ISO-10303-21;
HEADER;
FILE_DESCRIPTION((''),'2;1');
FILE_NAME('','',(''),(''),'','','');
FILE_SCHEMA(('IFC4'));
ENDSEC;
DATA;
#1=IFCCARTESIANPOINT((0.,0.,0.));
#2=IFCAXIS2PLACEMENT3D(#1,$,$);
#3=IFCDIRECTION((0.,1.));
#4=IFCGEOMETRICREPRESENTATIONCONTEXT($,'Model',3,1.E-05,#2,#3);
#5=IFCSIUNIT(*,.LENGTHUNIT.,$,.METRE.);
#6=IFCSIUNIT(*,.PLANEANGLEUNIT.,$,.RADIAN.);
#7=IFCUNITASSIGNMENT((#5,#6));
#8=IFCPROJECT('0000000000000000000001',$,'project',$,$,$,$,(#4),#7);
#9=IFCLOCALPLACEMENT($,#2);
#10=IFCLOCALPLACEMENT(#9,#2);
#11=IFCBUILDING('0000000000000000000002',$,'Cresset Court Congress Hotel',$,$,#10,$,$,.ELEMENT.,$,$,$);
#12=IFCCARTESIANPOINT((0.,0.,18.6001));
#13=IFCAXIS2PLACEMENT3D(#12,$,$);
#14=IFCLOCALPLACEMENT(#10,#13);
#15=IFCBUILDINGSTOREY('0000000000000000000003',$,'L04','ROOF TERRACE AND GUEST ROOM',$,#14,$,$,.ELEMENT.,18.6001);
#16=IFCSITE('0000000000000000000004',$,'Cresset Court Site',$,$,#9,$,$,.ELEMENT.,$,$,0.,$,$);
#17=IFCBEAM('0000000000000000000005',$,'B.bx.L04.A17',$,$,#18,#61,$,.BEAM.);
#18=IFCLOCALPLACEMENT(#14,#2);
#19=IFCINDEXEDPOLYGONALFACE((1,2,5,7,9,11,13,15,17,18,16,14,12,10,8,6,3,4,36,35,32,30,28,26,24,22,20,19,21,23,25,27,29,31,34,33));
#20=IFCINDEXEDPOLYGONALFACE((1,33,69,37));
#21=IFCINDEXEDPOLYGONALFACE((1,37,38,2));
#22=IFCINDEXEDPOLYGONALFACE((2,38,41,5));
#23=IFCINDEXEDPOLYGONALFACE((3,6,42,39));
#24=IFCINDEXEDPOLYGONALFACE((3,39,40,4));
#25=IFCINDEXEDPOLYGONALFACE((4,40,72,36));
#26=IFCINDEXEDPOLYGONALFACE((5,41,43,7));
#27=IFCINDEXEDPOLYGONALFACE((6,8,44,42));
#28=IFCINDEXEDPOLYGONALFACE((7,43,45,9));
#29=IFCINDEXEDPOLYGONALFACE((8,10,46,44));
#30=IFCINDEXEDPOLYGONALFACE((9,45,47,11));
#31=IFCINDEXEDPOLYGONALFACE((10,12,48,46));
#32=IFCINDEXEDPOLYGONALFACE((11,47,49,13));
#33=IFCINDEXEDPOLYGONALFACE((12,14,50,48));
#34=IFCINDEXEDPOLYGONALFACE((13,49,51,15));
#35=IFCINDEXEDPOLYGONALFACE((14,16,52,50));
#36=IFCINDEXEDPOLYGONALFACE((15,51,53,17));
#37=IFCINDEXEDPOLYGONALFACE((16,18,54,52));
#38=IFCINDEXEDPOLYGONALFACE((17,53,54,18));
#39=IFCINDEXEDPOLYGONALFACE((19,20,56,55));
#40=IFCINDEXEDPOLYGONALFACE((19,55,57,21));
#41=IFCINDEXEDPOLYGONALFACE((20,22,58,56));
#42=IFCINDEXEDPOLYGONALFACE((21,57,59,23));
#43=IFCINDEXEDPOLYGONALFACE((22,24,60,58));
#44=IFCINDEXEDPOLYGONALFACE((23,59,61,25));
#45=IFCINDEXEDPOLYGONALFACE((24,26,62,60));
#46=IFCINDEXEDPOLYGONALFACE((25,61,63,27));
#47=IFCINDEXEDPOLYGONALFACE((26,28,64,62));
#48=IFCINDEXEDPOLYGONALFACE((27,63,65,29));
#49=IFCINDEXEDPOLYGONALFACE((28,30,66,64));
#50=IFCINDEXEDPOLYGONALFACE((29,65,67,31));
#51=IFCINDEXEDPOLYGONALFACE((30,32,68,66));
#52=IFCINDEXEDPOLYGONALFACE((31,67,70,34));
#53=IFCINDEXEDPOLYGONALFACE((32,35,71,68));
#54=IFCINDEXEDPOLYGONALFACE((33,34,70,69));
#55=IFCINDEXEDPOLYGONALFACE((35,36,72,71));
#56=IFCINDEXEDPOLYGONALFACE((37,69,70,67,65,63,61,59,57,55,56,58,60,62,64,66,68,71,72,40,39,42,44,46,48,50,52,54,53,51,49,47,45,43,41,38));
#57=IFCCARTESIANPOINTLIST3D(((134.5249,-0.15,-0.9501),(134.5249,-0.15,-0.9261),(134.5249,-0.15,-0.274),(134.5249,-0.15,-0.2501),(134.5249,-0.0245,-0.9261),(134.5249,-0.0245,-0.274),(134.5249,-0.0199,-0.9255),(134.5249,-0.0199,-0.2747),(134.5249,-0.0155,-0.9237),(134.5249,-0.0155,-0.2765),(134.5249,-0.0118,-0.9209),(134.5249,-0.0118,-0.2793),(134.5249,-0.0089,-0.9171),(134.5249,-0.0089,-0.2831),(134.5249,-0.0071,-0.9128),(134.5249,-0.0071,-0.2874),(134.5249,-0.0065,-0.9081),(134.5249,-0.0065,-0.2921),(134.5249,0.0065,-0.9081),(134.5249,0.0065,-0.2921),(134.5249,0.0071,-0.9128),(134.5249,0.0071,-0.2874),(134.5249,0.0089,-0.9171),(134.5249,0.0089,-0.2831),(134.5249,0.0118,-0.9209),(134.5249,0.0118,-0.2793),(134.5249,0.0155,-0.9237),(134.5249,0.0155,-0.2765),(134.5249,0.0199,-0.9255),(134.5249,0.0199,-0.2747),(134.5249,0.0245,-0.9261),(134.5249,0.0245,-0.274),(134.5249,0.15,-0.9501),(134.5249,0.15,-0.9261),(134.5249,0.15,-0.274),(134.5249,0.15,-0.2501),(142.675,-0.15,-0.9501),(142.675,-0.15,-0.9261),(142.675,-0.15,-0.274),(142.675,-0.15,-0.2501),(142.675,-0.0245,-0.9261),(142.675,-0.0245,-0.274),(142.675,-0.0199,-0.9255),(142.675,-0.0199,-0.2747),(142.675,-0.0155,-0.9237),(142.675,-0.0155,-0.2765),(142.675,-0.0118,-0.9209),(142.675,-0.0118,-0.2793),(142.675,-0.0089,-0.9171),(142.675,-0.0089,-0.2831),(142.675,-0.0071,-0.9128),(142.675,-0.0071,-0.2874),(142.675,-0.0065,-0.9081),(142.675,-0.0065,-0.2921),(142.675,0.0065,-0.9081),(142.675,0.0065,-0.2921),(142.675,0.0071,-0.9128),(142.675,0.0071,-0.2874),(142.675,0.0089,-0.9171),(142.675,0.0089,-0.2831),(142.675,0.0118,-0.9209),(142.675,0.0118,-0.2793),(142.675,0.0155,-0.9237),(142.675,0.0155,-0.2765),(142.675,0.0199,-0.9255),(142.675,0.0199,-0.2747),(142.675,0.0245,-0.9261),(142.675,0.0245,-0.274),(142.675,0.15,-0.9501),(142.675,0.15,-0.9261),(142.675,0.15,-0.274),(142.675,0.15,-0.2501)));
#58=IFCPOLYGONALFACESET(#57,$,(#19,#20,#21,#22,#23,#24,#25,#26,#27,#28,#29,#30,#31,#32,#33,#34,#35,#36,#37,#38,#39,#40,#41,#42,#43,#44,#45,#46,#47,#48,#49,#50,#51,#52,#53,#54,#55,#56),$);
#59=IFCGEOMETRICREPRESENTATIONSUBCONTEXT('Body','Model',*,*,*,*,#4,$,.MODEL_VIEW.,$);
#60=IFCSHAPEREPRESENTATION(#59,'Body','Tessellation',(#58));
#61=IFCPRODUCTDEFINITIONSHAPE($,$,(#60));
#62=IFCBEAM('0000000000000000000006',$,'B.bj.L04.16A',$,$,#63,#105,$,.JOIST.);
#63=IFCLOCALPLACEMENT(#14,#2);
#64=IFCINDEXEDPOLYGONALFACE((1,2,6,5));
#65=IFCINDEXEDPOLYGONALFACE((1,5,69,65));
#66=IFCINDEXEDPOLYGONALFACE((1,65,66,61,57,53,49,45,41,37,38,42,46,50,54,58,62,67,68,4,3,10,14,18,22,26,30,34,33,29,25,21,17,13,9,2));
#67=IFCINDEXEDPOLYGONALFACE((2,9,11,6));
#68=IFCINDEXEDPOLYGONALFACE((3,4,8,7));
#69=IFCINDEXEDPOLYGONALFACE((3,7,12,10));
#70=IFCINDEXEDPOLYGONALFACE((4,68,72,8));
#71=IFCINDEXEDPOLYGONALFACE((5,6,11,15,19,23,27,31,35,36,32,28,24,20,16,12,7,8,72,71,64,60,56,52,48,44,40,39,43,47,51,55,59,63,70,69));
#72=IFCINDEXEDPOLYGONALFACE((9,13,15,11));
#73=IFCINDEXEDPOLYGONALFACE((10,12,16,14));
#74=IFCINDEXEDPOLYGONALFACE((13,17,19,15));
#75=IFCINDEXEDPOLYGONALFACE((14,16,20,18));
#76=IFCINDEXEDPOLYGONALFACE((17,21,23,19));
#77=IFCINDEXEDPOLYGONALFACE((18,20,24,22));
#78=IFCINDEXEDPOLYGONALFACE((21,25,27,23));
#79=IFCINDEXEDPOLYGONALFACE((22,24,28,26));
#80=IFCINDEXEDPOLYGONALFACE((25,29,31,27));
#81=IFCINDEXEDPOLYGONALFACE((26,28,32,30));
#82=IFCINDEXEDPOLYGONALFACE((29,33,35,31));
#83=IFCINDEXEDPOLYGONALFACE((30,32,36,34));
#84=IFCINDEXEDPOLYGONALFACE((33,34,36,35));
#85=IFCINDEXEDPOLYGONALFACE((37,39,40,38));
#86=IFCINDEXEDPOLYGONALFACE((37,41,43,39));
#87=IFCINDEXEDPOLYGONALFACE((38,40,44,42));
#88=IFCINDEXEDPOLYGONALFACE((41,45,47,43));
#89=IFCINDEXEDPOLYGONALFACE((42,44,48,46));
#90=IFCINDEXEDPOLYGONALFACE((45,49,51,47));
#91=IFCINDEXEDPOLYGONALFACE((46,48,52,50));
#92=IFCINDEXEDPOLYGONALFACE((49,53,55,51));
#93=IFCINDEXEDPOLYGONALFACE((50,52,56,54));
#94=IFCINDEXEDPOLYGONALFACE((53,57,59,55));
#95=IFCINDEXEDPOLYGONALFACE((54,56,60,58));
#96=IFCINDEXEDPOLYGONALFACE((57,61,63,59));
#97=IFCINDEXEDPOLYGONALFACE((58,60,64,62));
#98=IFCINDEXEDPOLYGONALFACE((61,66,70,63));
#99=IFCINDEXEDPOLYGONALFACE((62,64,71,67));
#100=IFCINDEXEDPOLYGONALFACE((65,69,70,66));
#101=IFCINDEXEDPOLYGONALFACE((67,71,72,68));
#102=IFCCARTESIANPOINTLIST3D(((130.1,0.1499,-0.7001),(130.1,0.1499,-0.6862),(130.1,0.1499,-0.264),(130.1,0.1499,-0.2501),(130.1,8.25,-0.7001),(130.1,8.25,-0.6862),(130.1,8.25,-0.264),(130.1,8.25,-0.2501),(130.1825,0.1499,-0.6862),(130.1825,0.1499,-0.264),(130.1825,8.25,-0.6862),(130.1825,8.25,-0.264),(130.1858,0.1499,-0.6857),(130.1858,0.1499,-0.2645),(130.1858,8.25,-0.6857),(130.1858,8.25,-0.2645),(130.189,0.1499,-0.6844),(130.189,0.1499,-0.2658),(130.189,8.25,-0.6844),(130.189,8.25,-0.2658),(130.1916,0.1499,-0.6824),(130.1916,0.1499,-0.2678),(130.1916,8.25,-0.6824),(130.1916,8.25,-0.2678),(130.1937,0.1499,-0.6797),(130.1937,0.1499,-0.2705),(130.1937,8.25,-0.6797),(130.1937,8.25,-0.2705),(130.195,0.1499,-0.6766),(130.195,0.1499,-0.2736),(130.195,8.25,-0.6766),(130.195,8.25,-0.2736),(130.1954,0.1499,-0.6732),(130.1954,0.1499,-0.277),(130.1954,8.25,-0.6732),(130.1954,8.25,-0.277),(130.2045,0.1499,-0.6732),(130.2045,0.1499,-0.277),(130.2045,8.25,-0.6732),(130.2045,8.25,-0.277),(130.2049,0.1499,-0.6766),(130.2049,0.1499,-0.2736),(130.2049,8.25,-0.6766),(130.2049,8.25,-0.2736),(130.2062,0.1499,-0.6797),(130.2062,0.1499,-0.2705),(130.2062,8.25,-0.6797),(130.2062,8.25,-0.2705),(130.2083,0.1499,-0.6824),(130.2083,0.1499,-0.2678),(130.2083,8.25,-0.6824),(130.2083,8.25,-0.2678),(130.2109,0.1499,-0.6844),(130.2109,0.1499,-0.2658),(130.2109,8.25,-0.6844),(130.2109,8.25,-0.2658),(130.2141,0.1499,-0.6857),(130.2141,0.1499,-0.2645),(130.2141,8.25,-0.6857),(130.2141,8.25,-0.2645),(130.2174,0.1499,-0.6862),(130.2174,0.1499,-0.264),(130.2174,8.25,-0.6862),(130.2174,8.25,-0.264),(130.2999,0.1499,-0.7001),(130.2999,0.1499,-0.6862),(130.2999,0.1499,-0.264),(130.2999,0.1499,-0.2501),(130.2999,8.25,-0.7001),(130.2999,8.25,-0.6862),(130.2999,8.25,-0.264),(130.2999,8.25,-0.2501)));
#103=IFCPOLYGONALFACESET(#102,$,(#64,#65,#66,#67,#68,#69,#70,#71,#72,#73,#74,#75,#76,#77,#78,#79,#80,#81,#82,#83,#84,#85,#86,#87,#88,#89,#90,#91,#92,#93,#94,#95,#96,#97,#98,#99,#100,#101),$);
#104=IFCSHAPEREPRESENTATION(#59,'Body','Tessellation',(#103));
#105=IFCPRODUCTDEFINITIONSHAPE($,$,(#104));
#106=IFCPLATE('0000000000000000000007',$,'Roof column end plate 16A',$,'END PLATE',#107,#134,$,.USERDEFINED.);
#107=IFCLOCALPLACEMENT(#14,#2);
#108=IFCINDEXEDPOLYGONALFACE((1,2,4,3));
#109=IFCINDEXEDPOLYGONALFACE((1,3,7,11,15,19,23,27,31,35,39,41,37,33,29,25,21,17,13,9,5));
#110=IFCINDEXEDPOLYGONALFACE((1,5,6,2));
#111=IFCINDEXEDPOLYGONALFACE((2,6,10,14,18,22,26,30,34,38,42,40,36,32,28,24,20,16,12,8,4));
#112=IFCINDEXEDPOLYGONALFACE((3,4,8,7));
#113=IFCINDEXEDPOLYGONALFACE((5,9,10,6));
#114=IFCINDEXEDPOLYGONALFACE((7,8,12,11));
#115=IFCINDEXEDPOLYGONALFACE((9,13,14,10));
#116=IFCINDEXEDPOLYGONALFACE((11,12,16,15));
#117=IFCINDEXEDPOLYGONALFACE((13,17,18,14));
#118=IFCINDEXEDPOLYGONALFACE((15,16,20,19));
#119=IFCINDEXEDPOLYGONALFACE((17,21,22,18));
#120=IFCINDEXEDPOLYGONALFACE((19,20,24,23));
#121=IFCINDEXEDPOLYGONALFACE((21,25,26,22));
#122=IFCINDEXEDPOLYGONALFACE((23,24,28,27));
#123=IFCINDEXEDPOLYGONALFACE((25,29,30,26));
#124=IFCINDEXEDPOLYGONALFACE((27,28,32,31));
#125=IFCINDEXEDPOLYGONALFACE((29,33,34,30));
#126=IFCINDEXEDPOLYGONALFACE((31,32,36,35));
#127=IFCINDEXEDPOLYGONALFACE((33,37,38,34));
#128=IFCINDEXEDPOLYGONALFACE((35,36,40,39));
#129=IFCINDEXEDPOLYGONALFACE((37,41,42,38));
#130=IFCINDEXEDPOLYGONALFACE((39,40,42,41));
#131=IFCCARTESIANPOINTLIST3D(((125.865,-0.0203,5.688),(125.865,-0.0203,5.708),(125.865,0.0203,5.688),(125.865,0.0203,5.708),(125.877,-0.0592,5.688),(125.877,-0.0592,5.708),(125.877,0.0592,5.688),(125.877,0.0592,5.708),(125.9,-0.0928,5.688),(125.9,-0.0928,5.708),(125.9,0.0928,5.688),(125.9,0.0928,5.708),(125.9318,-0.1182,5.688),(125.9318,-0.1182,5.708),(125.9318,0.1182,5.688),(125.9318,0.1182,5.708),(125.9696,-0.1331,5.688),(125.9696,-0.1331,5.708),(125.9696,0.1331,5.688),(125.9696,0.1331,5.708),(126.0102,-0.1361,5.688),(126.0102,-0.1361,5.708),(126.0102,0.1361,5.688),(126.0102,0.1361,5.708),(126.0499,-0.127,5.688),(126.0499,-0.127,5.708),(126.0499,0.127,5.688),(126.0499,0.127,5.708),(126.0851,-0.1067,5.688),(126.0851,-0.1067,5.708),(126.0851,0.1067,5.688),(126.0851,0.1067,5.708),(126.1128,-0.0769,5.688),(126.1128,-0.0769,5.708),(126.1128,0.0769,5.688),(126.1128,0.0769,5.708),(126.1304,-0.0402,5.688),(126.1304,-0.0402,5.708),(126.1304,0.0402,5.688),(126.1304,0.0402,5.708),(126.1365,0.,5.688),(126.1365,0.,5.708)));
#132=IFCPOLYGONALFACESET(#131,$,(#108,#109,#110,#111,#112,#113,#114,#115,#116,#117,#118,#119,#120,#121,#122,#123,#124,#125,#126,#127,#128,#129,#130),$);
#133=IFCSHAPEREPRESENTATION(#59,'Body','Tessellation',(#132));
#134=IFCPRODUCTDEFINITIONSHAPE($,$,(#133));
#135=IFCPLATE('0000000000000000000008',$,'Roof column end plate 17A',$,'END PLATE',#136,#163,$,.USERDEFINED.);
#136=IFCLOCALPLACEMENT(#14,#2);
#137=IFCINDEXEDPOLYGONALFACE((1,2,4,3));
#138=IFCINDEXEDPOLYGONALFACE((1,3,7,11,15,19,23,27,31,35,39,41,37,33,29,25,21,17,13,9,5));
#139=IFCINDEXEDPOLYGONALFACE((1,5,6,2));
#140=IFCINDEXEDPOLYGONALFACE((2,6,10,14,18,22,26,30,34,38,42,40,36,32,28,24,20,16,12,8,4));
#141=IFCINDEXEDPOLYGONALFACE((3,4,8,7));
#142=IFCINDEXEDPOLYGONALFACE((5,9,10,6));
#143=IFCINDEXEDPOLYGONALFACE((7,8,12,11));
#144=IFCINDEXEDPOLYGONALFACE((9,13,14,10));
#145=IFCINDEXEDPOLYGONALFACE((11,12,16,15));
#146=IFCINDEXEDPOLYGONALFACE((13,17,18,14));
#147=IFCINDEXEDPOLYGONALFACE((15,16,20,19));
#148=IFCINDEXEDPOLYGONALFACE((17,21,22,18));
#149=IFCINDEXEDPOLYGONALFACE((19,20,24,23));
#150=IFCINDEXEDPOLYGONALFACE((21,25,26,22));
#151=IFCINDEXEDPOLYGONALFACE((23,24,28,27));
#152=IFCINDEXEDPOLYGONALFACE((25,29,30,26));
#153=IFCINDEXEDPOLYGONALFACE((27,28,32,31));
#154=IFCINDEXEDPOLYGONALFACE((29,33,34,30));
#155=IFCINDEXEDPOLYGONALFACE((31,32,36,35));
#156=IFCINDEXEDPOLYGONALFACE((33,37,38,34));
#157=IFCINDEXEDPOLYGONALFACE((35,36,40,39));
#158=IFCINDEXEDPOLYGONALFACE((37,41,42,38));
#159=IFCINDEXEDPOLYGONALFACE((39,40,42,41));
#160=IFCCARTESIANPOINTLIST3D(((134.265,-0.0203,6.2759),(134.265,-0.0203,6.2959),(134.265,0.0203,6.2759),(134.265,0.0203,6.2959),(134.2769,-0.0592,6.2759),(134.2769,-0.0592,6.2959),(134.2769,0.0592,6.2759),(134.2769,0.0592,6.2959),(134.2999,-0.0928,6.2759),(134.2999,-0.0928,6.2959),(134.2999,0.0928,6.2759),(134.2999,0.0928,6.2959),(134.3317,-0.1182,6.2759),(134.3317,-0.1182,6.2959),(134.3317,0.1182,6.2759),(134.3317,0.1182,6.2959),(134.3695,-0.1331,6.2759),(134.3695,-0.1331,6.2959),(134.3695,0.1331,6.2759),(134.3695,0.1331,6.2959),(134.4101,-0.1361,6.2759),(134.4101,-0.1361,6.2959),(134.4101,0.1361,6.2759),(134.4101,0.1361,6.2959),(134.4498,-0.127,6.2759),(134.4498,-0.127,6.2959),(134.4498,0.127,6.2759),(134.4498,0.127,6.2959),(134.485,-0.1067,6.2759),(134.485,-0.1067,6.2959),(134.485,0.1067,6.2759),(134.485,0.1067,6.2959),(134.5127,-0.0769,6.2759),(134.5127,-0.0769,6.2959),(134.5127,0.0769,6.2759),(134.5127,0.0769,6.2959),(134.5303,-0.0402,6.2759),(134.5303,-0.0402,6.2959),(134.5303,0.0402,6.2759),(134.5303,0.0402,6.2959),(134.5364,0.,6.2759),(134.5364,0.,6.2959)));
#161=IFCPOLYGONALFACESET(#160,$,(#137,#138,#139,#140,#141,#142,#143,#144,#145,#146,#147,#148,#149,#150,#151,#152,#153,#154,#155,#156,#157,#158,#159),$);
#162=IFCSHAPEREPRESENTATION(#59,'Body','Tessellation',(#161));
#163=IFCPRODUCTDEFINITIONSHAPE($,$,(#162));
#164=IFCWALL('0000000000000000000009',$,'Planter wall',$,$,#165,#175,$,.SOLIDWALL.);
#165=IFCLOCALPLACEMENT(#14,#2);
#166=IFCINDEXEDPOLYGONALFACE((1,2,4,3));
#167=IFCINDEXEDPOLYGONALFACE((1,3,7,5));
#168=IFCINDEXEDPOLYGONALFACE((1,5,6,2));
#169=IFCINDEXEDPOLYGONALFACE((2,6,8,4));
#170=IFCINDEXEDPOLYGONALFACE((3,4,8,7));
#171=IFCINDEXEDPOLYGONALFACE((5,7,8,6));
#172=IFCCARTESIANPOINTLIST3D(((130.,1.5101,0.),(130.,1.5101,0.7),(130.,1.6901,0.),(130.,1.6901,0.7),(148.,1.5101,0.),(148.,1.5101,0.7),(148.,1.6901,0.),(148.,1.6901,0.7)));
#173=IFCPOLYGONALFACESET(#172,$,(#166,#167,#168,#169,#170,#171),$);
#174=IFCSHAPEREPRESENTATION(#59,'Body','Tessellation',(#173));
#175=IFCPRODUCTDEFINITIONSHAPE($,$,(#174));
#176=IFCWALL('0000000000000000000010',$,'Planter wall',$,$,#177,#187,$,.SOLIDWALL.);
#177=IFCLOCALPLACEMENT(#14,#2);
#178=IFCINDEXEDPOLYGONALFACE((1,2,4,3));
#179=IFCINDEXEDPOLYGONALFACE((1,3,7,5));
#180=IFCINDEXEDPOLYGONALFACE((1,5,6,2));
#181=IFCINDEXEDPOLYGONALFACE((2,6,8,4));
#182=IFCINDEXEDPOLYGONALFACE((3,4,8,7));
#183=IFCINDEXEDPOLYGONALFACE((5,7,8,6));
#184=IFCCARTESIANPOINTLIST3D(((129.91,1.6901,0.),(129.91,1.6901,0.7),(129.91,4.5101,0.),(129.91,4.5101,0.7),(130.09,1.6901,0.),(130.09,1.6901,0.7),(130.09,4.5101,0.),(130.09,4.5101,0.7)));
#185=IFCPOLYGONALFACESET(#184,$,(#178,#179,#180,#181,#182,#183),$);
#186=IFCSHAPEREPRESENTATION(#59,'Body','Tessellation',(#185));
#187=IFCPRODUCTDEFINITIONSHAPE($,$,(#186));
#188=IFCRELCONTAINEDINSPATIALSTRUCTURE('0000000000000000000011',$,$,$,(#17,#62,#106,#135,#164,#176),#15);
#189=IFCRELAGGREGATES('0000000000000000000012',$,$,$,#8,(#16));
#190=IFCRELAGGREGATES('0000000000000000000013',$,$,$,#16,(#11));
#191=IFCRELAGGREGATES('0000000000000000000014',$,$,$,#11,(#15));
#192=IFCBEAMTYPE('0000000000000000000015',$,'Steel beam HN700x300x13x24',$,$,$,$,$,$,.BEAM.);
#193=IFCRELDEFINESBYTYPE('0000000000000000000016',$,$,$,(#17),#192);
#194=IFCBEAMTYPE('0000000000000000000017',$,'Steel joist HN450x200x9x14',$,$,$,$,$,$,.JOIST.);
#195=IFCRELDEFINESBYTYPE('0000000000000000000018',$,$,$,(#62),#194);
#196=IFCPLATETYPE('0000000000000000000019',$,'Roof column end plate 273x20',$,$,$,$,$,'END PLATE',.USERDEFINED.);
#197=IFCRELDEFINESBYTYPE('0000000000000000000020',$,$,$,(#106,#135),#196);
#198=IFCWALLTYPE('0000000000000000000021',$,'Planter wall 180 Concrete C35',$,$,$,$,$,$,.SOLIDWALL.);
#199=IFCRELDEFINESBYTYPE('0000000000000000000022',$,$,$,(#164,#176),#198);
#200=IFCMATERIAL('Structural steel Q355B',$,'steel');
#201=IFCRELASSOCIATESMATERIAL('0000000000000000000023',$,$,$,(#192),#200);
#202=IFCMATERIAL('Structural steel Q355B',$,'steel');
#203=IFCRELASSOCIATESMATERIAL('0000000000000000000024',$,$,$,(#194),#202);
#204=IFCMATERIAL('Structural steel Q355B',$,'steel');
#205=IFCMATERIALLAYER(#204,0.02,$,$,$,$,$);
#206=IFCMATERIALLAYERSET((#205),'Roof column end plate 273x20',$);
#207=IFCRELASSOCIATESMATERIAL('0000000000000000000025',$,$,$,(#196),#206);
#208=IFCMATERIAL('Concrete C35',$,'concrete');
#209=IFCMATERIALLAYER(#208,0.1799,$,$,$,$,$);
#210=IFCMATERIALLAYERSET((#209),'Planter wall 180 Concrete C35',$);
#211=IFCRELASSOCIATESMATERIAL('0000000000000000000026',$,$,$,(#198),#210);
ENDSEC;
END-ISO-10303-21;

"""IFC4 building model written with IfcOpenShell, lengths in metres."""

from ifc_helpers import new_model, si_unit, direction, frame, frame_2d, origin, origin_2d, place, context, subcontext, project, spatial, rectangle, circle, i_section, extrude, material, layer, layer_set, material_profile, profile_set, type_object, element, save


model = new_model("IFC4")

# Units and contexts
model_context = context("Model", 3, precision=1e-05, world=origin(), true_north=direction((0.0, 1.0)))
body_context = subcontext(model_context, "Body", "Model", "MODEL_VIEW")
ifc_project = project(units=[si_unit("LENGTHUNIT", "METRE"), si_unit("PLANEANGLEUNIT", "RADIAN")], contexts=[model_context])

# Site, building, storey
site_placement = place(None, origin())
site = spatial("IfcSite", under=ifc_project, at=site_placement, Name="Cresset Court Site", CompositionType="ELEMENT", RefElevation=0.0)
building_placement = place(site_placement, origin())
building = spatial("IfcBuilding", under=site, at=building_placement, Name="Cresset Court Congress Hotel", CompositionType="ELEMENT")
storey_placement = place(building_placement, frame((0.0, 0.0, 18.6001)))
storey = spatial("IfcBuildingStorey", under=building, at=storey_placement, Name="L04", Description="ROOF TERRACE AND GUEST ROOM", CompositionType="ELEMENT", Elevation=18.6001)

# Beams
ifc_material_1 = material(Name="Structural steel Q355B", Category="steel")
ifc_material_profile_1 = material_profile(ifc_material_1, i_section(OverallWidth=0.3, OverallDepth=0.7, WebThickness=0.0129, FlangeThickness=0.0239, FilletRadius=0.0181, at=origin_2d()), Name="HN700x300x13x24")
ifc_profile_set_1 = profile_set([ifc_material_profile_1], Name="Structural steel Q355B")
beam_type_1 = type_object("IfcBeamType", Name="Steel beam HN700x300x13x24", PredefinedType="BEAM", material=ifc_profile_set_1)
beam_1_placement = place(storey_placement, frame((134.5249, 0.0, -0.6001), z_axis=(1.0, 0.0, 0.0), x_axis=(0.0, 1.0, 0.0)))
element("IfcBeam", 1, at=beam_1_placement, inside=storey, type_object=beam_type_1, Name="B.bx.L04.A17", PredefinedType="BEAM", context=body_context, shape_type="SweptSolid", body=[
    extrude(i_section(OverallWidth=0.3, OverallDepth=0.7, WebThickness=0.0129, FlangeThickness=0.0239, FilletRadius=0.0181, at=origin_2d()), origin(), (0.0, 0.0, 1.0), 8.1501),
])
ifc_material_2 = material(Name="Structural steel Q355B", Category="steel")
ifc_material_profile_2 = material_profile(ifc_material_2, i_section(OverallWidth=0.2, OverallDepth=0.45, WebThickness=0.009, FlangeThickness=0.0139, FilletRadius=0.0129, at=origin_2d()), Name="HN450x200x9x14")
ifc_profile_set_2 = profile_set([ifc_material_profile_2], Name="Structural steel Q355B")
beam_type_2 = type_object("IfcBeamType", Name="Steel joist HN450x200x9x14", PredefinedType="JOIST", material=ifc_profile_set_2)
beam_2_placement = place(storey_placement, frame((130.2, 0.1499, -0.4751), z_axis=(0.0, 1.0, 0.0), x_axis=(-1.0, 0.0, 0.0)))
element("IfcBeam", 2, at=beam_2_placement, inside=storey, type_object=beam_type_2, Name="B.bj.L04.16A", PredefinedType="JOIST", context=body_context, shape_type="SweptSolid", body=[
    extrude(i_section(OverallWidth=0.2, OverallDepth=0.45, WebThickness=0.009, FlangeThickness=0.0139, FilletRadius=0.0129, at=origin_2d()), origin(), (0.0, 0.0, 1.0), 8.1001),
])

# Plates
ifc_material_3 = material(Name="Structural steel Q355B", Category="steel")
ifc_layer_1 = layer(ifc_material_3, 0.02)
ifc_layer_set_1 = layer_set([ifc_layer_1], Name="Roof column end plate 273x20")
plate_type = type_object("IfcPlateType", Name="Roof column end plate 273x20", ElementType="END PLATE", PredefinedType="USERDEFINED", material=ifc_layer_set_1)
for number, where, z_axis, x_axis, name in (
    (3, (126.0, 0.0, 5.688), (0.0, 0.0, 1.0), (1.0, 0.0, 0.0), "Roof column end plate 16A"),
    (4, (134.3999, 0.0, 6.2759), (0.0, 0.0, 1.0), (1.0, 0.0, 0.0), "Roof column end plate 17A"),
):
    element("IfcPlate", number, at=place(storey_placement, frame(where, z_axis=z_axis, x_axis=x_axis)), inside=storey, type_object=plate_type, Name=name, ObjectType="END PLATE", PredefinedType="USERDEFINED", context=body_context, shape_type="SweptSolid", body=[
        extrude(circle(Radius=0.1365, at=origin_2d()), origin(), (0.0, 0.0, 1.0), 0.02),
    ])

# Walls
ifc_material_4 = material(Name="Concrete C35", Category="concrete")
ifc_layer_2 = layer(ifc_material_4, 0.1799)
ifc_layer_set_2 = layer_set([ifc_layer_2], Name="Planter wall 180 Concrete C35")
wall_type = type_object("IfcWallType", Name="Planter wall 180 Concrete C35", PredefinedType="SOLIDWALL", material=ifc_layer_set_2)
wall_1_placement = place(storey_placement, frame((130.0, 1.6001, 0.0), z_axis=(0.0, 0.0, 1.0), x_axis=(1.0, 0.0, 0.0)))
element("IfcWall", 5, at=wall_1_placement, inside=storey, type_object=wall_type, Name="Planter wall", PredefinedType="SOLIDWALL", context=body_context, shape_type="SweptSolid", body=[
    extrude(rectangle(XDim=18.0, YDim=0.1799, at=frame_2d((9.0, 0.0))), origin(), (0.0, 0.0, 1.0), 0.7),
])
wall_2_placement = place(storey_placement, frame((130.0, 1.6899, 0.0), z_axis=(0.0, 0.0, 1.0), x_axis=(0.0, 1.0, 0.0)))
element("IfcWall", 6, at=wall_2_placement, inside=storey, type_object=wall_type, Name="Planter wall", PredefinedType="SOLIDWALL", context=body_context, shape_type="SweptSolid", body=[
    extrude(rectangle(XDim=2.8201, YDim=0.1799, at=frame_2d((1.4102, 0.0))), origin(), (0.0, 0.0, 1.0), 0.7),
])

save(model, "model.ifc")
